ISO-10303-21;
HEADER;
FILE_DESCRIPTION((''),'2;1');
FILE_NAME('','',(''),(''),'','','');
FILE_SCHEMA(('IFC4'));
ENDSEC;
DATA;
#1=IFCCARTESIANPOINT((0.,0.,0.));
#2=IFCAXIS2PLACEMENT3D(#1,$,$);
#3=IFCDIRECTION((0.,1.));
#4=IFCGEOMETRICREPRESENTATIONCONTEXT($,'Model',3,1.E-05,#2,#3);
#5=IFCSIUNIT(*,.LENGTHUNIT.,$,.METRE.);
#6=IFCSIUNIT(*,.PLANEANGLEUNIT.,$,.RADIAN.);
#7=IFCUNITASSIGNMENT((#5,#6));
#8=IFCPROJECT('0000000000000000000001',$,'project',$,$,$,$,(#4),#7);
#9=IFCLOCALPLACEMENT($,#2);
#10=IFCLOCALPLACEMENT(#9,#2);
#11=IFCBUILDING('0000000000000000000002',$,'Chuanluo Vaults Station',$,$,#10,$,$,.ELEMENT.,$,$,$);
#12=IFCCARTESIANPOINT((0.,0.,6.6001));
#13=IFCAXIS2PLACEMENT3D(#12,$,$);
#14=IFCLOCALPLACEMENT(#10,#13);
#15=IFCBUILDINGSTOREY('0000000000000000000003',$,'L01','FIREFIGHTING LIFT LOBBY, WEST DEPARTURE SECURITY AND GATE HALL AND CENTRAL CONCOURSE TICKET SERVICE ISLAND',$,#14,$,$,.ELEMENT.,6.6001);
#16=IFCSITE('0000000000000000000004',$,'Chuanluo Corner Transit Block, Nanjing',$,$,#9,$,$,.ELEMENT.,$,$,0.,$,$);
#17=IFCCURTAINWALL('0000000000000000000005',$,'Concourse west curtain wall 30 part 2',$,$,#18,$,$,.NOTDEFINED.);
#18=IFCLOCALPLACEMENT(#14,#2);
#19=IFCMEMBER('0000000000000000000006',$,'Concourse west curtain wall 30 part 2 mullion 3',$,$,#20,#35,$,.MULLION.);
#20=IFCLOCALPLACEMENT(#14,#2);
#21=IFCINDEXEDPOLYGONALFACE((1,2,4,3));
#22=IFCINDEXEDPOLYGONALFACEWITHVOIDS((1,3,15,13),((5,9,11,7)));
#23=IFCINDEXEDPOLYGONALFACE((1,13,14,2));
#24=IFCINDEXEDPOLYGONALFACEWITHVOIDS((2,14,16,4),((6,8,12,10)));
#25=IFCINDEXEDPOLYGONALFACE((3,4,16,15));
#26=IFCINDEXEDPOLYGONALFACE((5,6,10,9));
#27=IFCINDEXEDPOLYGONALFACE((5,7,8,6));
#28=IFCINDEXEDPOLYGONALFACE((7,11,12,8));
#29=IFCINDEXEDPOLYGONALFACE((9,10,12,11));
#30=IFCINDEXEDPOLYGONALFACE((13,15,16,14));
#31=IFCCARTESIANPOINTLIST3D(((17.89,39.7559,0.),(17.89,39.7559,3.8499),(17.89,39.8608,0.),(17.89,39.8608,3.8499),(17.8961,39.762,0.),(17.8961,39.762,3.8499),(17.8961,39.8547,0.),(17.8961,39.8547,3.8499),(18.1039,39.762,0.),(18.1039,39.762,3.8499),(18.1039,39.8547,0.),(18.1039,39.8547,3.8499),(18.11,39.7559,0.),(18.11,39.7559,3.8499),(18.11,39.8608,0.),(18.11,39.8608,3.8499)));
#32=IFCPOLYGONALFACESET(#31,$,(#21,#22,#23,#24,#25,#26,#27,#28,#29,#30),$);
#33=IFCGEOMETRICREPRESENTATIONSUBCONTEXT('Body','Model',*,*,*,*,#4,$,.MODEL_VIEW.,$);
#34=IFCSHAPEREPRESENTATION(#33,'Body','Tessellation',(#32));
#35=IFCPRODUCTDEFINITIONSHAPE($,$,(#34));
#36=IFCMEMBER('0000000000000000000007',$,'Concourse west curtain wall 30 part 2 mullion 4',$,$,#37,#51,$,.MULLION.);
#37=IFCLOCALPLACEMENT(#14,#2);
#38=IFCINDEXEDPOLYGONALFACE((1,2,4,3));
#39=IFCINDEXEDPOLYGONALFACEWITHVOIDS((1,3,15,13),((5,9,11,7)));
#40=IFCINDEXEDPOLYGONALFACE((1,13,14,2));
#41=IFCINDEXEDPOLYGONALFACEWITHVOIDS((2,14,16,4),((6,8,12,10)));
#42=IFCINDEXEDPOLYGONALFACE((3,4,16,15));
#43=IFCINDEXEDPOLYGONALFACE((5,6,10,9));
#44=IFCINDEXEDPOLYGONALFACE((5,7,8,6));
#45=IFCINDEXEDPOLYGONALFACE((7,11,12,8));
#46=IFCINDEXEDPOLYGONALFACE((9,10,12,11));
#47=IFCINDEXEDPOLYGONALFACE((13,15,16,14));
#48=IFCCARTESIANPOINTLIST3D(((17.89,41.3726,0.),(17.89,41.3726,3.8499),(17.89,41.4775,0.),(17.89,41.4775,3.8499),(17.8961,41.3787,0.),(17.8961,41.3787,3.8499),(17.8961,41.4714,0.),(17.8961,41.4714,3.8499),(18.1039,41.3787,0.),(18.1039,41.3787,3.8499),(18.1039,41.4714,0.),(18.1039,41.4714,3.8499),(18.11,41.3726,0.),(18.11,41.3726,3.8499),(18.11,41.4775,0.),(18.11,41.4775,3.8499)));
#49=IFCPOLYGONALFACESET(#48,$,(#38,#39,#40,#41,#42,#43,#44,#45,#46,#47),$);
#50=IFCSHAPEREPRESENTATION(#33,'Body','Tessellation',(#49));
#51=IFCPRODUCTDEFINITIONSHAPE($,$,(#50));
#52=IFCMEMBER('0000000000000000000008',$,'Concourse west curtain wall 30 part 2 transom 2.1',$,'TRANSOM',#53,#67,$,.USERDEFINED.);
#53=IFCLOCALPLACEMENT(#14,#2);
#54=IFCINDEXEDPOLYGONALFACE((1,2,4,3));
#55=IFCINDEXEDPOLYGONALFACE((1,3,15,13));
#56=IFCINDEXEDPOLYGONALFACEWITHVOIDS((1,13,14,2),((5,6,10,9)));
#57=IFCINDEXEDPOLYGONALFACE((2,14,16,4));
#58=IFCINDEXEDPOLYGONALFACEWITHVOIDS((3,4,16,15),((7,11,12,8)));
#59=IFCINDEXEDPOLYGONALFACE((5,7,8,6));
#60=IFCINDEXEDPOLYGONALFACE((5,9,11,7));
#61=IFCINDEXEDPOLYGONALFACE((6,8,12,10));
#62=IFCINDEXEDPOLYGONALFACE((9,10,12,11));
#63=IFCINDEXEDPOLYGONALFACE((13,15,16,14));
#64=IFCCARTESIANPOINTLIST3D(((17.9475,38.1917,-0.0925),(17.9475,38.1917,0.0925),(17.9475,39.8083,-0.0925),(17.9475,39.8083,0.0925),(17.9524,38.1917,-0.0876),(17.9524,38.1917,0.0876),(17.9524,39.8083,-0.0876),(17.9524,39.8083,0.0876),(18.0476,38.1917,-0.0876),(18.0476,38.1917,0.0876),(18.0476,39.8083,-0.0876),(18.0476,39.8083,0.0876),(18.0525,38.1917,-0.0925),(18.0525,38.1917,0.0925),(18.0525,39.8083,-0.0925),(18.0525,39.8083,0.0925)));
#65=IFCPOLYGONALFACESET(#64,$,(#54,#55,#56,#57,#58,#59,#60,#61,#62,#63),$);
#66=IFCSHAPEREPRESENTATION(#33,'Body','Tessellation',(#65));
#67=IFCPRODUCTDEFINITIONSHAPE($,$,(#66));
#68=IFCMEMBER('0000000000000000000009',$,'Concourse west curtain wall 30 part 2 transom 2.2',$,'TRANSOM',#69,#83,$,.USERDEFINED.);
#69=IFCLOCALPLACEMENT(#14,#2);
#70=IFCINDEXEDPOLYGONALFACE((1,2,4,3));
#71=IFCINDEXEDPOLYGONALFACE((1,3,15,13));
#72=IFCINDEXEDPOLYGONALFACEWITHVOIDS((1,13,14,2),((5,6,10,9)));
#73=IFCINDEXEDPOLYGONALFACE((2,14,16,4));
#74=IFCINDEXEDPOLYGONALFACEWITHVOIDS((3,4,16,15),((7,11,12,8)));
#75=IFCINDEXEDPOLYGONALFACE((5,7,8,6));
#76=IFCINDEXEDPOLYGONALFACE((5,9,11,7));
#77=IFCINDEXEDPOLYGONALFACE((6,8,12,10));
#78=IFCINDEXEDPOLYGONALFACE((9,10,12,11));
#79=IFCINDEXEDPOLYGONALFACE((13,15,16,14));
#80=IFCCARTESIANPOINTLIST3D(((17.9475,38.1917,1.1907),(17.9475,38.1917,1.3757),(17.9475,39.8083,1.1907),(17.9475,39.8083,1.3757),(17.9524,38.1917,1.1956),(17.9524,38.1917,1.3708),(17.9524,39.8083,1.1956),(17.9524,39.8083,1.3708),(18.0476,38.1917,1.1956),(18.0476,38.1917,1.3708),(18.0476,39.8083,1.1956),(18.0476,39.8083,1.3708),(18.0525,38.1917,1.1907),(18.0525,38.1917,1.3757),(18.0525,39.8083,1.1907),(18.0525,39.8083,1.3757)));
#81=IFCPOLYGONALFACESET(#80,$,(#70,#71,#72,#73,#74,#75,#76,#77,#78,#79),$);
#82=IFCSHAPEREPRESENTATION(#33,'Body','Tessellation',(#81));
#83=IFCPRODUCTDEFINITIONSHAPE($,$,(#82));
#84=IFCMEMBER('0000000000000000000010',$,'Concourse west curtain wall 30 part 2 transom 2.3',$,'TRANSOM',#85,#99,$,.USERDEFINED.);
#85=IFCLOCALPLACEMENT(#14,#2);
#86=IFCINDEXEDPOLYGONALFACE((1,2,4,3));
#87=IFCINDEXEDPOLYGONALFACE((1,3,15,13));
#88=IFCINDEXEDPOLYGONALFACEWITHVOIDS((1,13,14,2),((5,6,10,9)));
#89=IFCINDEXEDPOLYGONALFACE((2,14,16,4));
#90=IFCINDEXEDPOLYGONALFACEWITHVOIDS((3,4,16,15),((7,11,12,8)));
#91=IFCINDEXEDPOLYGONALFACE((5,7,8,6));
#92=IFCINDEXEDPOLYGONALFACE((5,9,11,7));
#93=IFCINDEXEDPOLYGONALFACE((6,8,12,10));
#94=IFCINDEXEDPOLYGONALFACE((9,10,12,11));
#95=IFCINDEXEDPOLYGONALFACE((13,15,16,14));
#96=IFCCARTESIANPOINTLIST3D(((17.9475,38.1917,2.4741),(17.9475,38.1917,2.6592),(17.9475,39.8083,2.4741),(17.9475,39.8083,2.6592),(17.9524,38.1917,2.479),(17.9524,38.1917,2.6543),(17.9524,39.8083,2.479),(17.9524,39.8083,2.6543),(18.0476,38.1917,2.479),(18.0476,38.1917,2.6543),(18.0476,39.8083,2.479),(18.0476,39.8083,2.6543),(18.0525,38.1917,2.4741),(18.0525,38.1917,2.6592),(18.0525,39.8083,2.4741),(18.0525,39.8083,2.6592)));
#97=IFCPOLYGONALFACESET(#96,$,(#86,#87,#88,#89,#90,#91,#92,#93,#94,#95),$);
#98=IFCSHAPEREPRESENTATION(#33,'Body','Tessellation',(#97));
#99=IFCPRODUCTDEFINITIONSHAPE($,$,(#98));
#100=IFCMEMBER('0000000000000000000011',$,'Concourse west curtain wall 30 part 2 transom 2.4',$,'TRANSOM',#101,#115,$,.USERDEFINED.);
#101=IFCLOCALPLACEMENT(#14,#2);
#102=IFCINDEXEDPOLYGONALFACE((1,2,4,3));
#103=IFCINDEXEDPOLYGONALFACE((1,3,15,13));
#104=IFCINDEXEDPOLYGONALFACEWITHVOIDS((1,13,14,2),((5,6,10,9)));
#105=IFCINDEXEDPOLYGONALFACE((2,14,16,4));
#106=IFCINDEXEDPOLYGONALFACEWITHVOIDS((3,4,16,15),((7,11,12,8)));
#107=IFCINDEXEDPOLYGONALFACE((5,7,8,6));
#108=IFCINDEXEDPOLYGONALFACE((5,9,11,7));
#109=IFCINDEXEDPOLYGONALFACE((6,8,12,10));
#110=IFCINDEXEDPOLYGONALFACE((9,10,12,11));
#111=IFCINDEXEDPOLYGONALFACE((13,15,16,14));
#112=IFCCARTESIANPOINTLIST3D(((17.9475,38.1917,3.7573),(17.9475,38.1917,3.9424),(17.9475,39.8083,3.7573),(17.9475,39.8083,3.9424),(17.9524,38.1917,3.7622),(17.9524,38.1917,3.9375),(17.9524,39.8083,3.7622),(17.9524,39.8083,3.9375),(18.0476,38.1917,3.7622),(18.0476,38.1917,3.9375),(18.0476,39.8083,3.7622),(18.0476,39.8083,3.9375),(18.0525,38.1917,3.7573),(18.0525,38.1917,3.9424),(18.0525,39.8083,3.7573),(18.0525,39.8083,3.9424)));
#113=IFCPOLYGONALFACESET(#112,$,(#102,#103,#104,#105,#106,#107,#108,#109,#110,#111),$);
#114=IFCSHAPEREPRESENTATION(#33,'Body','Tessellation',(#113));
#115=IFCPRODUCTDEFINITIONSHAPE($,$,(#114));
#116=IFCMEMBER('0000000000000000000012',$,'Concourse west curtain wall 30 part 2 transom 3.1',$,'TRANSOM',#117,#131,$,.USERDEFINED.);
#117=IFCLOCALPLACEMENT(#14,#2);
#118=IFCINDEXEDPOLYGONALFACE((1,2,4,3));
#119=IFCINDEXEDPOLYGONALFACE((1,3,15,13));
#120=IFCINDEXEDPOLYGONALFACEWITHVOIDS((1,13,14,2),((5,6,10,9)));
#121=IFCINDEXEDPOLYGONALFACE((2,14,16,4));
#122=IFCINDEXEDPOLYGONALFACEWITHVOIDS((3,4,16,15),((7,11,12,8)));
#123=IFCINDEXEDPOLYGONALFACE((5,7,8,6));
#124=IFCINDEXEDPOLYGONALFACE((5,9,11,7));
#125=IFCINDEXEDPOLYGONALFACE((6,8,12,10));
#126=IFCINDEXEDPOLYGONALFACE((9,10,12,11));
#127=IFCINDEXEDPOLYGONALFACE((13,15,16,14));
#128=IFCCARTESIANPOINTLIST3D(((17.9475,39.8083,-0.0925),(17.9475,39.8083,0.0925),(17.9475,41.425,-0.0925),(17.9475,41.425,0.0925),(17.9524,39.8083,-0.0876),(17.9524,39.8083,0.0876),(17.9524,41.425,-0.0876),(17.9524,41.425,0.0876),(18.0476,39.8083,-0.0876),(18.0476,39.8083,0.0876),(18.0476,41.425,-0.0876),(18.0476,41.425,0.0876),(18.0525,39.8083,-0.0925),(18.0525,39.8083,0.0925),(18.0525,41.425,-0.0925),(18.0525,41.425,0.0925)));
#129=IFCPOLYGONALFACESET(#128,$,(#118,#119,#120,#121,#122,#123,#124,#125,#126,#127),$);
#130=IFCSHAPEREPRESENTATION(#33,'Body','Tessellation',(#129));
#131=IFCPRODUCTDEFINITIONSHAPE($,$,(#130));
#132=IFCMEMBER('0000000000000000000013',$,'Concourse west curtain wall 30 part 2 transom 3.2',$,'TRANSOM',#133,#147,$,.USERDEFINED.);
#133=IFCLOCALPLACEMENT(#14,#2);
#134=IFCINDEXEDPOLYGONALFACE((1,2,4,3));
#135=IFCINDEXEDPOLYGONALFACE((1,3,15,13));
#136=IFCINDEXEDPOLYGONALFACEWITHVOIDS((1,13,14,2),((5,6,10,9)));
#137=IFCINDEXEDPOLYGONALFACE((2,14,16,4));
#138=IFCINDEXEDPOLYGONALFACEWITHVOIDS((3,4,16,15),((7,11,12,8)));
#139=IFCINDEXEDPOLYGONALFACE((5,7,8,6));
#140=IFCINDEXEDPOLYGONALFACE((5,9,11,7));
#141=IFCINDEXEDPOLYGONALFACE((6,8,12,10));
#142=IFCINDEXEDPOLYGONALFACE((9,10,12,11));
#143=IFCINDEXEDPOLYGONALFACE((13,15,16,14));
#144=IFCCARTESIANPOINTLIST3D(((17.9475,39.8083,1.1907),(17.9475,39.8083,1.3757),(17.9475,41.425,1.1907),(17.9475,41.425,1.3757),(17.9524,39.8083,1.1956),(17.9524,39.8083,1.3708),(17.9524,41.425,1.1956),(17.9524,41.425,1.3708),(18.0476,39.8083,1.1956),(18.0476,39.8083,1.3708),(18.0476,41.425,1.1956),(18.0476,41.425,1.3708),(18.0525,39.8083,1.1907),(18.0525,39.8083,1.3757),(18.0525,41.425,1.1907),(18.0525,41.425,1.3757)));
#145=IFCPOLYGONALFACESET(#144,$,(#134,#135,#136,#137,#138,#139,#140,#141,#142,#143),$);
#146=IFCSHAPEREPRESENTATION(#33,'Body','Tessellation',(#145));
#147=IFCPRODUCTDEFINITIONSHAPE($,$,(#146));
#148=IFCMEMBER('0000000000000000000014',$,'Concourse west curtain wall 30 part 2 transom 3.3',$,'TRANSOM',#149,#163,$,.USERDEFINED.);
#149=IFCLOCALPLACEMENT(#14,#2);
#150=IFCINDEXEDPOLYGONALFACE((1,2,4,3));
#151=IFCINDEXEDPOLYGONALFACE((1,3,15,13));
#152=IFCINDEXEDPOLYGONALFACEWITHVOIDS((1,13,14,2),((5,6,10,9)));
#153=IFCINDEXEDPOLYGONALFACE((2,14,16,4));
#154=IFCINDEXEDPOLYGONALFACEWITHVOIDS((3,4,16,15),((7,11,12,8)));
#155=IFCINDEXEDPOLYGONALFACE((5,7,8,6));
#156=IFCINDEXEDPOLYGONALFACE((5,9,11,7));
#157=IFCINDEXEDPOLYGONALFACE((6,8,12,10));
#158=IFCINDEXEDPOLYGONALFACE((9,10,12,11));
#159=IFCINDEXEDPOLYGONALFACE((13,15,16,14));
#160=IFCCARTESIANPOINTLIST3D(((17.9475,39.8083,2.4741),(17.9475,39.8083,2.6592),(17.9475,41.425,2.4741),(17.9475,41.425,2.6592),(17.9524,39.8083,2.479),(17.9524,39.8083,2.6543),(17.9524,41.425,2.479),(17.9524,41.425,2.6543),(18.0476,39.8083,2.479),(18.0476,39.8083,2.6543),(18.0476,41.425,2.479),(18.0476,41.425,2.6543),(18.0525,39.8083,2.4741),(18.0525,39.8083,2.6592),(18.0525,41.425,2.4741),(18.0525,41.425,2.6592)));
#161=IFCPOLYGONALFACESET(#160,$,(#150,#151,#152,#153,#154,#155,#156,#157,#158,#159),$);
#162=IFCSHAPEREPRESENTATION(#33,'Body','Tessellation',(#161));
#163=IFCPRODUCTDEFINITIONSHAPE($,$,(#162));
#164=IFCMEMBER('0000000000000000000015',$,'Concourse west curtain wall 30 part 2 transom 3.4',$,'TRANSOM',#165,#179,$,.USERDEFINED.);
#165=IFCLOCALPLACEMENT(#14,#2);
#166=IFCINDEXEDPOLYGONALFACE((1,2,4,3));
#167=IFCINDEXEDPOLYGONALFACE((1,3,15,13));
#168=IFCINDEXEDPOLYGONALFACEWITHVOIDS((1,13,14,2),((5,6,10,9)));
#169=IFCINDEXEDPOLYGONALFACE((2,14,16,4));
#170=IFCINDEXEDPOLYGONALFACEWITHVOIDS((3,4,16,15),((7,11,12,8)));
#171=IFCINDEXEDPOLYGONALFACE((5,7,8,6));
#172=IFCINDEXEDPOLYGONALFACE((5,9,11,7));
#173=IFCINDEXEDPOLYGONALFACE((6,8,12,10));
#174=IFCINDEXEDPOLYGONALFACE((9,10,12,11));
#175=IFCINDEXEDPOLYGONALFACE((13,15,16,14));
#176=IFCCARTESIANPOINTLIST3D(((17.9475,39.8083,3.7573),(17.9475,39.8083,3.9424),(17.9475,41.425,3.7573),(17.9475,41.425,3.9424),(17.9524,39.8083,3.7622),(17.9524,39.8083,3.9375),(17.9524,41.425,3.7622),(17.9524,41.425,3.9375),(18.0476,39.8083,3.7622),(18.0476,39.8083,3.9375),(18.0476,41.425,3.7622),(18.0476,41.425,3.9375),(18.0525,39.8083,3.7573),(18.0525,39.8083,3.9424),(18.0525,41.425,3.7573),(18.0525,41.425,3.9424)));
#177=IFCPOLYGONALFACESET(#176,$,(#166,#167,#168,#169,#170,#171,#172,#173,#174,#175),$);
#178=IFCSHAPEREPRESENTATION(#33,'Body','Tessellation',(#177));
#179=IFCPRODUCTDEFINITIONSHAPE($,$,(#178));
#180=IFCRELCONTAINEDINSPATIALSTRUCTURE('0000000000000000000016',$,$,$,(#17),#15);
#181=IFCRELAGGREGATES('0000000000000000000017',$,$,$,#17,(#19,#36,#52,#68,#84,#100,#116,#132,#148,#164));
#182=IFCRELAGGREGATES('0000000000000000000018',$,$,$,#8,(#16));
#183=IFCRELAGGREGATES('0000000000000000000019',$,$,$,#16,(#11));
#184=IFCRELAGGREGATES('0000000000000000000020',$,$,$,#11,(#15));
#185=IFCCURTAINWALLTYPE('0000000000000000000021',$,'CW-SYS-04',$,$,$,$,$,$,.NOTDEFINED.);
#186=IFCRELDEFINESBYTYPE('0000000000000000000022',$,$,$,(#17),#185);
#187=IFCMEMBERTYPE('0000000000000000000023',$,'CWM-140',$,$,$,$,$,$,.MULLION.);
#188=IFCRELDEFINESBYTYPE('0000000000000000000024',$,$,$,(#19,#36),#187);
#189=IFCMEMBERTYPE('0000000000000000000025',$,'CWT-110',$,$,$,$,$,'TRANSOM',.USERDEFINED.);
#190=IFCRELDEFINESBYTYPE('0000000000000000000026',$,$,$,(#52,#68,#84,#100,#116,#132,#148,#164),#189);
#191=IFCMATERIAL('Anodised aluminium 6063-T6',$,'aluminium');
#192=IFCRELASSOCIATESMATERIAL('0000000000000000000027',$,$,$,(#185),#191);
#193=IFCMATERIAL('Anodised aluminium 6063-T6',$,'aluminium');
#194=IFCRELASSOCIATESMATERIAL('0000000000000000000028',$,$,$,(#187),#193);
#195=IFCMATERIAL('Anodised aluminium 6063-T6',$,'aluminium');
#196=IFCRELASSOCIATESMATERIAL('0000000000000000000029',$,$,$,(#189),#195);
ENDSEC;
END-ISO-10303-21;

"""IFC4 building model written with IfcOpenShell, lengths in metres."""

from ifc_helpers import new_model, si_unit, direction, frame, origin, origin_2d, place, context, subcontext, project, spatial, hollow_rectangle, extrude, material, material_profile, profile_set, type_object, element, aggregate, save


model = new_model("IFC4")

# Units and contexts
model_context = context("Model", 3, precision=1e-05, world=origin(), true_north=direction((0.0, 1.0)))
body_context = subcontext(model_context, "Body", "Model", "MODEL_VIEW")
ifc_project = project(units=[si_unit("LENGTHUNIT", "METRE"), si_unit("PLANEANGLEUNIT", "RADIAN")], contexts=[model_context])

# Site, building, storey
site_placement = place(None, origin())
site = spatial("IfcSite", under=ifc_project, at=site_placement, Name="Chuanluo Corner Transit Block, Nanjing", CompositionType="ELEMENT", RefElevation=0.0)
building_placement = place(site_placement, origin())
building = spatial("IfcBuilding", under=site, at=building_placement, Name="Chuanluo Vaults Station", CompositionType="ELEMENT")
storey_placement = place(building_placement, frame((0.0, 0.0, 6.6001)))
storey = spatial("IfcBuildingStorey", under=building, at=storey_placement, Name="L01", Description="FIREFIGHTING LIFT LOBBY, WEST DEPARTURE SECURITY AND GATE HALL AND CENTRAL CONCOURSE TICKET SERVICE ISLAND", CompositionType="ELEMENT", Elevation=6.6001)

# Curtain wall, members
ifc_material_1 = material(Name="Anodised aluminium 6063-T6", Category="aluminium")
curtain_wall_type = type_object("IfcCurtainWallType", Name="CW-SYS-04", PredefinedType="NOTDEFINED", material=ifc_material_1)
curtain_wall_placement = place(storey_placement, origin())
curtain_wall = element("IfcCurtainWall", 1, at=curtain_wall_placement, inside=storey, type_object=curtain_wall_type, Name="Concourse west curtain wall 30 part 2", PredefinedType="NOTDEFINED")
ifc_material_2 = material(Name="Anodised aluminium 6063-T6", Category="aluminium")
ifc_material_profile_1 = material_profile(ifc_material_2, hollow_rectangle(XDim=0.105, YDim=0.22, WallThickness=0.0061, at=origin_2d()))
ifc_profile_set_1 = profile_set([ifc_material_profile_1], Name="Anodised aluminium 6063-T6")
member_type_1 = type_object("IfcMemberType", Name="CWM-140", PredefinedType="MULLION", material=ifc_profile_set_1)
member_1_placement = place(storey_placement, frame((18.0, 39.8083, 0.0), z_axis=(0.0, 0.0, 1.0), x_axis=(0.0, 1.0, 0.0)))
member_1 = element("IfcMember", 2, at=member_1_placement, type_object=member_type_1, Name="Concourse west curtain wall 30 part 2 mullion 3", PredefinedType="MULLION", context=body_context, shape_type="SweptSolid", body=[
    extrude(hollow_rectangle(XDim=0.105, YDim=0.22, WallThickness=0.0061, at=origin_2d()), origin(), (0.0, 0.0, 1.0), 3.8499),
])
member_2_placement = place(storey_placement, frame((18.0, 41.425, 0.0), z_axis=(0.0, 0.0, 1.0), x_axis=(0.0, 1.0, 0.0)))
member_2 = element("IfcMember", 3, at=member_2_placement, type_object=member_type_1, Name="Concourse west curtain wall 30 part 2 mullion 4", PredefinedType="MULLION", context=body_context, shape_type="SweptSolid", body=[
    extrude(hollow_rectangle(XDim=0.105, YDim=0.22, WallThickness=0.0061, at=origin_2d()), origin(), (0.0, 0.0, 1.0), 3.8499),
])
ifc_material_3 = material(Name="Anodised aluminium 6063-T6", Category="aluminium")
ifc_material_profile_2 = material_profile(ifc_material_3, hollow_rectangle(XDim=0.105, YDim=0.1851, WallThickness=0.0049, at=origin_2d()))
ifc_profile_set_2 = profile_set([ifc_material_profile_2], Name="Anodised aluminium 6063-T6")
member_type_2 = type_object("IfcMemberType", Name="CWT-110", ElementType="TRANSOM", PredefinedType="USERDEFINED", material=ifc_profile_set_2)
member_3_placement = place(storey_placement, frame((18.0, 38.1917, 0.0), z_axis=(0.0, 1.0, 0.0), x_axis=(-1.0, 0.0, 0.0)))
member_3 = element("IfcMember", 4, at=member_3_placement, type_object=member_type_2, Name="Concourse west curtain wall 30 part 2 transom 2.1", ObjectType="TRANSOM", PredefinedType="USERDEFINED", context=body_context, shape_type="SweptSolid", body=[
    extrude(hollow_rectangle(XDim=0.105, YDim=0.1851, WallThickness=0.0049, at=origin_2d()), origin(), (0.0, 0.0, 1.0), 1.6167),
])
member_4_placement = place(storey_placement, frame((18.0, 38.1917, 1.2832), z_axis=(0.0, 1.0, 0.0), x_axis=(-1.0, 0.0, 0.0)))
member_4 = element("IfcMember", 5, at=member_4_placement, type_object=member_type_2, Name="Concourse west curtain wall 30 part 2 transom 2.2", ObjectType="TRANSOM", PredefinedType="USERDEFINED", context=body_context, shape_type="SweptSolid", body=[
    extrude(hollow_rectangle(XDim=0.105, YDim=0.1851, WallThickness=0.0049, at=origin_2d()), origin(), (0.0, 0.0, 1.0), 1.6167),
])
member_5_placement = place(storey_placement, frame((18.0, 38.1917, 2.5667), z_axis=(0.0, 1.0, 0.0), x_axis=(-1.0, 0.0, 0.0)))
member_5 = element("IfcMember", 6, at=member_5_placement, type_object=member_type_2, Name="Concourse west curtain wall 30 part 2 transom 2.3", ObjectType="TRANSOM", PredefinedType="USERDEFINED", context=body_context, shape_type="SweptSolid", body=[
    extrude(hollow_rectangle(XDim=0.105, YDim=0.1851, WallThickness=0.0049, at=origin_2d()), origin(), (0.0, 0.0, 1.0), 1.6167),
])
member_6_placement = place(storey_placement, frame((18.0, 38.1917, 3.8499), z_axis=(0.0, 1.0, 0.0), x_axis=(-1.0, 0.0, 0.0)))
member_6 = element("IfcMember", 7, at=member_6_placement, type_object=member_type_2, Name="Concourse west curtain wall 30 part 2 transom 2.4", ObjectType="TRANSOM", PredefinedType="USERDEFINED", context=body_context, shape_type="SweptSolid", body=[
    extrude(hollow_rectangle(XDim=0.105, YDim=0.1851, WallThickness=0.0049, at=origin_2d()), origin(), (0.0, 0.0, 1.0), 1.6167),
])
member_7_placement = place(storey_placement, frame((18.0, 39.8083, 0.0), z_axis=(0.0, 1.0, 0.0), x_axis=(-1.0, 0.0, 0.0)))
member_7 = element("IfcMember", 8, at=member_7_placement, type_object=member_type_2, Name="Concourse west curtain wall 30 part 2 transom 3.1", ObjectType="TRANSOM", PredefinedType="USERDEFINED", context=body_context, shape_type="SweptSolid", body=[
    extrude(hollow_rectangle(XDim=0.105, YDim=0.1851, WallThickness=0.0049, at=origin_2d()), origin(), (0.0, 0.0, 1.0), 1.6167),
])
member_8_placement = place(storey_placement, frame((18.0, 39.8083, 1.2832), z_axis=(0.0, 1.0, 0.0), x_axis=(-1.0, 0.0, 0.0)))
member_8 = element("IfcMember", 9, at=member_8_placement, type_object=member_type_2, Name="Concourse west curtain wall 30 part 2 transom 3.2", ObjectType="TRANSOM", PredefinedType="USERDEFINED", context=body_context, shape_type="SweptSolid", body=[
    extrude(hollow_rectangle(XDim=0.105, YDim=0.1851, WallThickness=0.0049, at=origin_2d()), origin(), (0.0, 0.0, 1.0), 1.6167),
])
member_9_placement = place(storey_placement, frame((18.0, 39.8083, 2.5667), z_axis=(0.0, 1.0, 0.0), x_axis=(-1.0, 0.0, 0.0)))
member_9 = element("IfcMember", 10, at=member_9_placement, type_object=member_type_2, Name="Concourse west curtain wall 30 part 2 transom 3.3", ObjectType="TRANSOM", PredefinedType="USERDEFINED", context=body_context, shape_type="SweptSolid", body=[
    extrude(hollow_rectangle(XDim=0.105, YDim=0.1851, WallThickness=0.0049, at=origin_2d()), origin(), (0.0, 0.0, 1.0), 1.6167),
])
member_10_placement = place(storey_placement, frame((18.0, 39.8083, 3.8499), z_axis=(0.0, 1.0, 0.0), x_axis=(-1.0, 0.0, 0.0)))
member_10 = element("IfcMember", 11, at=member_10_placement, type_object=member_type_2, Name="Concourse west curtain wall 30 part 2 transom 3.4", ObjectType="TRANSOM", PredefinedType="USERDEFINED", context=body_context, shape_type="SweptSolid", body=[
    extrude(hollow_rectangle(XDim=0.105, YDim=0.1851, WallThickness=0.0049, at=origin_2d()), origin(), (0.0, 0.0, 1.0), 1.6167),
])

aggregate(curtain_wall, [member_1, member_2, member_3, member_4, member_5, member_6, member_7, member_8, member_9, member_10])

save(model, "model.ifc")
